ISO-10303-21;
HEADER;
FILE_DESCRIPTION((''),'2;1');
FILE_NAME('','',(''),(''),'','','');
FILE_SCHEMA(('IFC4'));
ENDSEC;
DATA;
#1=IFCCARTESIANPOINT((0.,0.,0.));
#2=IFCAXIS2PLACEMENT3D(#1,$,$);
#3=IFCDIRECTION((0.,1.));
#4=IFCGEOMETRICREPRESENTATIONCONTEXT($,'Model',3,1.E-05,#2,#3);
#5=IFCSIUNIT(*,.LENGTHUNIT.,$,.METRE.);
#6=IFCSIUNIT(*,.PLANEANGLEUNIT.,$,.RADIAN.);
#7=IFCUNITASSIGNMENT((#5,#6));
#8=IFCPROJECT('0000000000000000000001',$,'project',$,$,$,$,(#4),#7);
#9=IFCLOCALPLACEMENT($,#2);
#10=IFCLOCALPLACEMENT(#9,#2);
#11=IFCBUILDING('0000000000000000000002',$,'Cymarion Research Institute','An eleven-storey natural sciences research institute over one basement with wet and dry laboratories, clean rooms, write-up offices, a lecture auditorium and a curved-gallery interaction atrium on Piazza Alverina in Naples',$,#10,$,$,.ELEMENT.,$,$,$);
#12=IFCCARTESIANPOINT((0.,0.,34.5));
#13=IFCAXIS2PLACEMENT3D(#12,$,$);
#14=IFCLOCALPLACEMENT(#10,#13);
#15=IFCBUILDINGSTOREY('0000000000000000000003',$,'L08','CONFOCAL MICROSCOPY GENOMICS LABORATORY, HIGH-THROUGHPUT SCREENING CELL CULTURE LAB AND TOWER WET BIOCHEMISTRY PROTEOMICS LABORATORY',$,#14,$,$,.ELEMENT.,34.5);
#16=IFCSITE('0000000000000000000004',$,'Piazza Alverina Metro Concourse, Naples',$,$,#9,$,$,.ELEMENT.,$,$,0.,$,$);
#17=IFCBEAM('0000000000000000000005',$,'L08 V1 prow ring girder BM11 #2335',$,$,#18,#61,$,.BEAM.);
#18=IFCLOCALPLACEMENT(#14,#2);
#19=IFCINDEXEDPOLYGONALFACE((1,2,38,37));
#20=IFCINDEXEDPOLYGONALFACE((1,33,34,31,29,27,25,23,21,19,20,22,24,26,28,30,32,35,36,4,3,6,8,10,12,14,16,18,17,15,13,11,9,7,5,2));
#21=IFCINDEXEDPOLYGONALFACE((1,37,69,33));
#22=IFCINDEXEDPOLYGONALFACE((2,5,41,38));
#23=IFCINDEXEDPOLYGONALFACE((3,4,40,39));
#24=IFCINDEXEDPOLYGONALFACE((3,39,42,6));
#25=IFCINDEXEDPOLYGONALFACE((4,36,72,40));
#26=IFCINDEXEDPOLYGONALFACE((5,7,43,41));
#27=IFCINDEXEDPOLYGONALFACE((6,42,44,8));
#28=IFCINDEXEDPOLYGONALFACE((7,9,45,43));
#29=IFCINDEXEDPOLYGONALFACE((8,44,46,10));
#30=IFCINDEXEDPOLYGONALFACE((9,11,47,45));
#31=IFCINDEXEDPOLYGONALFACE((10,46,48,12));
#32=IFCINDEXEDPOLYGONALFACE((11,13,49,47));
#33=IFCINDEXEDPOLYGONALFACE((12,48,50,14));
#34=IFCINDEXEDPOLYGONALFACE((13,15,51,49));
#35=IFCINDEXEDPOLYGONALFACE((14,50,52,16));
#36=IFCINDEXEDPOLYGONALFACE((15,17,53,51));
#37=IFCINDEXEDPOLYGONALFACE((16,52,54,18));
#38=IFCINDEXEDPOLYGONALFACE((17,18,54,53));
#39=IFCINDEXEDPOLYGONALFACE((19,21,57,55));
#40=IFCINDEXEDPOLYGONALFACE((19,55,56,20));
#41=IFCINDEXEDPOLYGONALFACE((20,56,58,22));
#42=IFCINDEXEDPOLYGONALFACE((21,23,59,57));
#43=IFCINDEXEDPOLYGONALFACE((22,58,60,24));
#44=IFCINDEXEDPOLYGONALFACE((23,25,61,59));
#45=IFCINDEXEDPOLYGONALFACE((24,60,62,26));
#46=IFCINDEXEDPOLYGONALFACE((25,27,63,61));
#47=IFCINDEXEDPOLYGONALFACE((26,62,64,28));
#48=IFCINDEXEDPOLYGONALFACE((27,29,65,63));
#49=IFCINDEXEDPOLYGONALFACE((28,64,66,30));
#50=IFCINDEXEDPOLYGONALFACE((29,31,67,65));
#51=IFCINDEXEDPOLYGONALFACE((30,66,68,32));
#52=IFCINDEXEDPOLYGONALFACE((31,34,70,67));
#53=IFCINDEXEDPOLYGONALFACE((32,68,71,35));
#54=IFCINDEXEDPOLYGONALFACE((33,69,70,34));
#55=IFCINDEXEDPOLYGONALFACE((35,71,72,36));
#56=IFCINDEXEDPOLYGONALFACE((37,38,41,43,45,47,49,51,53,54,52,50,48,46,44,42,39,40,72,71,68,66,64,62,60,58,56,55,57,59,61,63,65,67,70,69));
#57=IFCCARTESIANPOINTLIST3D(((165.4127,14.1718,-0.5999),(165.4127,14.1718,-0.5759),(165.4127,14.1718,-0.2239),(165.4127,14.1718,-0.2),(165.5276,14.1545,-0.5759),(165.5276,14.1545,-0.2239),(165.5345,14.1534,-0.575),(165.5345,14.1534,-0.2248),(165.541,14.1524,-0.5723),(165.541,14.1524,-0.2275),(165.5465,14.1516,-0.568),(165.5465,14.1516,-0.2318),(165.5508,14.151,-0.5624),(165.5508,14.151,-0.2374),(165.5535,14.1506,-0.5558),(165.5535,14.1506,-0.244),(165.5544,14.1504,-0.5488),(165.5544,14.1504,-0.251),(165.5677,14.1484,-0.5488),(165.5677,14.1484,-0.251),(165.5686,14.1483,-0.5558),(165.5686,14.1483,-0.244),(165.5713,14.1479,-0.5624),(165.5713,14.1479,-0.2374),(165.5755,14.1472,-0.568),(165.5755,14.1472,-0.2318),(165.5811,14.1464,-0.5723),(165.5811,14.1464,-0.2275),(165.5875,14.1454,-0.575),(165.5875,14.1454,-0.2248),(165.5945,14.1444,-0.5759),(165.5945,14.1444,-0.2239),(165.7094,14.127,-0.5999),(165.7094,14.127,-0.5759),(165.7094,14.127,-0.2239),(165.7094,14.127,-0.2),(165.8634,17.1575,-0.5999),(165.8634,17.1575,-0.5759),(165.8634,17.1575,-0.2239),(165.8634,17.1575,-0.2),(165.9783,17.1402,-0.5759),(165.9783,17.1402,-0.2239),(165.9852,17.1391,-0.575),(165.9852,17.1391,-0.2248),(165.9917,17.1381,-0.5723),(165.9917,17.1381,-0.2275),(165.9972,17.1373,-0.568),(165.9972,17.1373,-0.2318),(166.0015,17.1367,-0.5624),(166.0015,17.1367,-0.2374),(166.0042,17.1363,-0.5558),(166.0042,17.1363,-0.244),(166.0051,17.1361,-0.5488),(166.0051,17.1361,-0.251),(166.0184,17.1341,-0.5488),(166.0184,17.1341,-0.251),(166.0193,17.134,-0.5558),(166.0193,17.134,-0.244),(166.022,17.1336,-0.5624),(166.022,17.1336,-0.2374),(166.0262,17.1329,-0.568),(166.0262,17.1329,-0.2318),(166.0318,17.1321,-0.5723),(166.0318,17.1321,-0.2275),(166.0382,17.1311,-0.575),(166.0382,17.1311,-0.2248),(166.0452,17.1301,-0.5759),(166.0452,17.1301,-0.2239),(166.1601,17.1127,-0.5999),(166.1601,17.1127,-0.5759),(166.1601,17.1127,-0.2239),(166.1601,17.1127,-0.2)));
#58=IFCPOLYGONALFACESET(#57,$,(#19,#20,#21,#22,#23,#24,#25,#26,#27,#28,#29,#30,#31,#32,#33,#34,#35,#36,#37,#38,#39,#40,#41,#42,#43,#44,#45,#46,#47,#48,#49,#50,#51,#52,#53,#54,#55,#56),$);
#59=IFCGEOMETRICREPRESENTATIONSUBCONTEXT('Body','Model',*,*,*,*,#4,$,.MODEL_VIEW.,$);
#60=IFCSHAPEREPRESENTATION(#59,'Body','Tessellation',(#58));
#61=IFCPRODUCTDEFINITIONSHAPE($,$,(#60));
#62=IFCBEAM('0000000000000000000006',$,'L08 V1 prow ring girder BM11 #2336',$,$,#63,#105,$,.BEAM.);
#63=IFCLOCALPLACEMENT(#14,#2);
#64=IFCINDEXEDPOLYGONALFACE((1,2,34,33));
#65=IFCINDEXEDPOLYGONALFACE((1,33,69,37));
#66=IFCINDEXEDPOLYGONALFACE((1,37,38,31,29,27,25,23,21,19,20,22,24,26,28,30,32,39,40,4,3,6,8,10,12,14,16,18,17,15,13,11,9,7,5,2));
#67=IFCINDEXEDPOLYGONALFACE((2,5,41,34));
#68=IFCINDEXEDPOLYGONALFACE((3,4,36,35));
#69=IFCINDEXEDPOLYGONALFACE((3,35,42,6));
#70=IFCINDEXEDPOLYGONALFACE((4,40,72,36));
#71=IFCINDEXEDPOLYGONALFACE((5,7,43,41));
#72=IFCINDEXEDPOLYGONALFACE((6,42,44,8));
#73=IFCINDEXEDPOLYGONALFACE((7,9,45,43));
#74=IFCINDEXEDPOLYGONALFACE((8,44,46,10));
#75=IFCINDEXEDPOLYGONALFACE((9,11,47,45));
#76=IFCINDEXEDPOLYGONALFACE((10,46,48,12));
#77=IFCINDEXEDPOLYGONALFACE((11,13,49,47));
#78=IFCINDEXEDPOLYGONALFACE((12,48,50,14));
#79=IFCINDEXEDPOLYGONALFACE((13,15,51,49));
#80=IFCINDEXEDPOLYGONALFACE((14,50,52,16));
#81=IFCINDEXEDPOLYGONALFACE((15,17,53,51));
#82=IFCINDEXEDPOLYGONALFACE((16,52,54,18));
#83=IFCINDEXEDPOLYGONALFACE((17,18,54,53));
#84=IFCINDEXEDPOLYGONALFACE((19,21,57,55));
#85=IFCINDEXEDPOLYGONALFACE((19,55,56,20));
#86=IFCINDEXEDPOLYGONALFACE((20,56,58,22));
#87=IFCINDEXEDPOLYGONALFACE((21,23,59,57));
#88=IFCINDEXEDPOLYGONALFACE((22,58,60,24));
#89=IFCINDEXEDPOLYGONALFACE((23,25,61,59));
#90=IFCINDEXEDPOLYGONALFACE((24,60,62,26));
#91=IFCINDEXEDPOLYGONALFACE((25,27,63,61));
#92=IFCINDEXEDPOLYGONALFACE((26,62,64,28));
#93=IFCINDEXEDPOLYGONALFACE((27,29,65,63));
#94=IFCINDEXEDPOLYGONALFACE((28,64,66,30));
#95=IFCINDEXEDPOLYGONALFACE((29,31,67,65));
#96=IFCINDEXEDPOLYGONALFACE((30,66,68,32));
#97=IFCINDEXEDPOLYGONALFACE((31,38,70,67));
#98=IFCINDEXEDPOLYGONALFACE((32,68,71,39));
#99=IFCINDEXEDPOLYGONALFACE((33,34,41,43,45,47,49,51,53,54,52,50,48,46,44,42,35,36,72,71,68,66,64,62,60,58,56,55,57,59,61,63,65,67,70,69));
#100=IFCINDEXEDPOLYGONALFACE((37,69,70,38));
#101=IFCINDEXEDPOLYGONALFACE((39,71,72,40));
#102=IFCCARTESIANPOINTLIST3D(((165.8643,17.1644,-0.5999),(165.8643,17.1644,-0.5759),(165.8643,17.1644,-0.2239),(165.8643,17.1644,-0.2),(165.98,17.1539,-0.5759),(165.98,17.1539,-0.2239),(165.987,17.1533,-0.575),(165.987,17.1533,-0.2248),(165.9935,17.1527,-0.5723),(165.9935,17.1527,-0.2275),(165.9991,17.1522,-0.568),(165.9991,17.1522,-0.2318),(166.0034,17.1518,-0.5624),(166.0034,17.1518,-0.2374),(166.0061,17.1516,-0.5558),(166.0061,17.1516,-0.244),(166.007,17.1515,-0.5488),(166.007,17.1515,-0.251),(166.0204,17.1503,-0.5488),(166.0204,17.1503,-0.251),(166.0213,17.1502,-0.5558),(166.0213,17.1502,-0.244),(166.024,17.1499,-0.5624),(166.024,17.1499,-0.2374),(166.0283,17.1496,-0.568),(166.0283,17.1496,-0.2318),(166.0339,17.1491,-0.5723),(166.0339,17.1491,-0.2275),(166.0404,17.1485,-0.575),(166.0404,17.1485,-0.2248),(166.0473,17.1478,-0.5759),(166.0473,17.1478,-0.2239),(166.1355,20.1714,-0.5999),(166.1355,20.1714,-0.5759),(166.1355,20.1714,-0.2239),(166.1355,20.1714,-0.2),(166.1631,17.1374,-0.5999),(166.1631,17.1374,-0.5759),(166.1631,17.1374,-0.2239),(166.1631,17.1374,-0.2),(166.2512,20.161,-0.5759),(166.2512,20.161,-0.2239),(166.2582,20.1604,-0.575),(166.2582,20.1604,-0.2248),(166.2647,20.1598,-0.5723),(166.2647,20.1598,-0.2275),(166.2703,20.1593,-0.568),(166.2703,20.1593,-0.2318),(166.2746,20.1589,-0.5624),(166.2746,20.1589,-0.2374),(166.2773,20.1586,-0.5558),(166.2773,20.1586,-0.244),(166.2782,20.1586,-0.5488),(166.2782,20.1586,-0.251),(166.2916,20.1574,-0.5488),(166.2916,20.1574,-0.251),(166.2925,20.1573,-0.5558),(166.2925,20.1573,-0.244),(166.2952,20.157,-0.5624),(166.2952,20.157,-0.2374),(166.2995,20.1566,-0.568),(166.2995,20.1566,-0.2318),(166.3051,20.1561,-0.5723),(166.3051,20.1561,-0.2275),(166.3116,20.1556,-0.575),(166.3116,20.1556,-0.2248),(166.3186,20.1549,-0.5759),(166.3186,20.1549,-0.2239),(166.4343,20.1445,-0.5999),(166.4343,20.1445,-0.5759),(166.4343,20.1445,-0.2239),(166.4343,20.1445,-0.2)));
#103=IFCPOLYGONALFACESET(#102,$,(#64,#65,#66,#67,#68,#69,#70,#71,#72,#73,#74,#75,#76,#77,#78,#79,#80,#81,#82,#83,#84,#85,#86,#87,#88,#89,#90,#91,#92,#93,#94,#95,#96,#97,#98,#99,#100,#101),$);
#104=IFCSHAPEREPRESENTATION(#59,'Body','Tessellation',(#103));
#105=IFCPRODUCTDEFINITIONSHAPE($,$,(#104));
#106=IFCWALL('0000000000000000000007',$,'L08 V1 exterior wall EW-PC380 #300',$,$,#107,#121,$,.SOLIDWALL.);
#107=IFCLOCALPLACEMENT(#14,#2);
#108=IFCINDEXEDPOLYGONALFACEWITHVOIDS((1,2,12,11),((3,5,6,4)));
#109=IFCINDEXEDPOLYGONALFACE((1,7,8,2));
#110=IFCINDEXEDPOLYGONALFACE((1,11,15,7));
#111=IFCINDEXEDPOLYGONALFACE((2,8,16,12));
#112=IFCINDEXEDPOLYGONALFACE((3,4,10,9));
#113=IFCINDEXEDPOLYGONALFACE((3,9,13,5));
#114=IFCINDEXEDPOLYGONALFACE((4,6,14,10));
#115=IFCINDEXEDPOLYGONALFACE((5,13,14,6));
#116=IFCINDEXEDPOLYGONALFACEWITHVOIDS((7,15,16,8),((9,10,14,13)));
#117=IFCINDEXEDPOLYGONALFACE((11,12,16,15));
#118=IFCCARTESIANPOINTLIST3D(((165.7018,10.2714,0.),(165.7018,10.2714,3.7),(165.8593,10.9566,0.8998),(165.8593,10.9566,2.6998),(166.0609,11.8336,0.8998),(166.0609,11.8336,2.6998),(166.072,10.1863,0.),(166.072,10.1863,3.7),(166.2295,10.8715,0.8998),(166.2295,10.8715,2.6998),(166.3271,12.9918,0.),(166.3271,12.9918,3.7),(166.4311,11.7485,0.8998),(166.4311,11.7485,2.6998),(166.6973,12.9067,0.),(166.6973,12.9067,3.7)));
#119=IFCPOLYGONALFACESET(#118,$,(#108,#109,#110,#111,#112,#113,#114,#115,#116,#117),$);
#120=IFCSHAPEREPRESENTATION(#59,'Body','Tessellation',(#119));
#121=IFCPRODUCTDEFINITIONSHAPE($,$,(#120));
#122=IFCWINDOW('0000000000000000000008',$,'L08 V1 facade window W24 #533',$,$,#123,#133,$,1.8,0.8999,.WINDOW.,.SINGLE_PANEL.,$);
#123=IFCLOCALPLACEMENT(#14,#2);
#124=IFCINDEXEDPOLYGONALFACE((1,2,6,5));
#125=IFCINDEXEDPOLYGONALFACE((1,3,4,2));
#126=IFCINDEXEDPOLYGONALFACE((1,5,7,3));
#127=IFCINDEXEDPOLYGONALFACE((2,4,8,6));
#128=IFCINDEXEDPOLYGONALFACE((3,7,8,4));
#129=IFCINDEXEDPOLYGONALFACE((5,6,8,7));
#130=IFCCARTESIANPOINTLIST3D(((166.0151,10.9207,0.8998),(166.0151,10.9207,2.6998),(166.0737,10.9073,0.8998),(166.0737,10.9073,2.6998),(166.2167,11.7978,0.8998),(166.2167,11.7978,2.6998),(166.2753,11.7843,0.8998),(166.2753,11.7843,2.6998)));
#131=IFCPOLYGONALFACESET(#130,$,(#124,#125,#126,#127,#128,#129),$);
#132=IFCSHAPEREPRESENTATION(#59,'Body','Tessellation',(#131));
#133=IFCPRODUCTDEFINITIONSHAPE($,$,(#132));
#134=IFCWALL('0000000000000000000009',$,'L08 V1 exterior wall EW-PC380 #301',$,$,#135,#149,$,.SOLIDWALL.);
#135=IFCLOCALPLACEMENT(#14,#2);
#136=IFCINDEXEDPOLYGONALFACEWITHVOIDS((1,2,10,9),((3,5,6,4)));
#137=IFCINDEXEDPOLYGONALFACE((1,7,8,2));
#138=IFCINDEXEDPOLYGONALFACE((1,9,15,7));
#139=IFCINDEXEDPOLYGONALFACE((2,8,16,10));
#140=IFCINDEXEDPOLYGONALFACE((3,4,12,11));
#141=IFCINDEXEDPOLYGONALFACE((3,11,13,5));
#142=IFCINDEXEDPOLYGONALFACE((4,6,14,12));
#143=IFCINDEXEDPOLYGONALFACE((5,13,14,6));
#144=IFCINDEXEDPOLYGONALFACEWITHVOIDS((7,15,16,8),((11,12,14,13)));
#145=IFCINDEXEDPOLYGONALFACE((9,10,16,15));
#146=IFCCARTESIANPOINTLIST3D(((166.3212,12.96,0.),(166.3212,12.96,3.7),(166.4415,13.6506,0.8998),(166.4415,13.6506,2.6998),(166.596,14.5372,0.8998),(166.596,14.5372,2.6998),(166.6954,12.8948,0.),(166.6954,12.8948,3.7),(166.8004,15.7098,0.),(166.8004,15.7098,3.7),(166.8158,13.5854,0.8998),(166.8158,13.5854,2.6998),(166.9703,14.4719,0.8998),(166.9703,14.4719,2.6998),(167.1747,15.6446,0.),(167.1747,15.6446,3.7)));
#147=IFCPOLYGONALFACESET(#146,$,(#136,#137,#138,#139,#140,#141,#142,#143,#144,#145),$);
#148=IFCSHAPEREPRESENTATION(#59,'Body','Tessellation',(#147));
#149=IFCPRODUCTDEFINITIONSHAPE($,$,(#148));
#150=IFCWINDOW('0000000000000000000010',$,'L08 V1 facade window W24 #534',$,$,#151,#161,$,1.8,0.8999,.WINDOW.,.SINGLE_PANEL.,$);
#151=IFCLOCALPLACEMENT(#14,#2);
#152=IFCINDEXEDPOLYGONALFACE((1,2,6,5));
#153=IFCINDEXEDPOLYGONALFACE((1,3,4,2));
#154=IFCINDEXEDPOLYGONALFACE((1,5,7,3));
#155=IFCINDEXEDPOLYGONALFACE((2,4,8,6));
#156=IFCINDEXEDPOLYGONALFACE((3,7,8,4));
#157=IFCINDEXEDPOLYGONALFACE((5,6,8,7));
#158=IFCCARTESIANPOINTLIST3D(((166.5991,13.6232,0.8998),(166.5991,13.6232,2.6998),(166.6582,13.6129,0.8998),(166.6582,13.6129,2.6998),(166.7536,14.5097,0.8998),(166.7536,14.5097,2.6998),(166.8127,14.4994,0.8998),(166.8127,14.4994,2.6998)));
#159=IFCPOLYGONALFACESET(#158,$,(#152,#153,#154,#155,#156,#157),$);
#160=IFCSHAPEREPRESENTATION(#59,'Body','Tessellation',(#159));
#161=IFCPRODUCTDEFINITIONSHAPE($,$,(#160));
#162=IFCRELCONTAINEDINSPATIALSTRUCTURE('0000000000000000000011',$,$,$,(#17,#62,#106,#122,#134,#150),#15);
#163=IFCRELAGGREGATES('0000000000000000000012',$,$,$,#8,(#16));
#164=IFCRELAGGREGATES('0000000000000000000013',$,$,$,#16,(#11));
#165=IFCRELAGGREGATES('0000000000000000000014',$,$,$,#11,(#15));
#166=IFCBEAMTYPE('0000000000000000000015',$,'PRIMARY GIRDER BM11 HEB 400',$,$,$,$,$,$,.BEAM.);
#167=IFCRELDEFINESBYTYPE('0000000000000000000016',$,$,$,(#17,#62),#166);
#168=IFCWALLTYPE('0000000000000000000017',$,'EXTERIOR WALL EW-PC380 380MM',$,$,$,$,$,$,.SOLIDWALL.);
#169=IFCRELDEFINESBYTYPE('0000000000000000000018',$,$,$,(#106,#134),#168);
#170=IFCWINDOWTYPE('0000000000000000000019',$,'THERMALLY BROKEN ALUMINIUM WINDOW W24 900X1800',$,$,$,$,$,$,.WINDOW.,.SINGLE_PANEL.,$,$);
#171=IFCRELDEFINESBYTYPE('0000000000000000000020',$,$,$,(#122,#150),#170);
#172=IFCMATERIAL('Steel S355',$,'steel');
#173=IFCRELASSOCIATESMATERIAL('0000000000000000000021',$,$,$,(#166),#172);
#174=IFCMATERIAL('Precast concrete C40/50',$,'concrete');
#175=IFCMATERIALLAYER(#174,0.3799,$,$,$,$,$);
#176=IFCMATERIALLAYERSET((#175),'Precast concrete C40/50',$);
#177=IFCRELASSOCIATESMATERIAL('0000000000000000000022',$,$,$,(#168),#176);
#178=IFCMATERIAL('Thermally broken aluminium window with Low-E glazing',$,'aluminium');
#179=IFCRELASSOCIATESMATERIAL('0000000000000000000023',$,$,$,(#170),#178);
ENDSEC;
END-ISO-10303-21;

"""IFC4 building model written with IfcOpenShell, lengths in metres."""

from ifc_helpers import new_model, si_unit, direction, frame, frame_2d, origin, origin_2d, place, context, subcontext, project, spatial, rectangle, i_section, extrude, material, layer, layer_set, material_profile, profile_set, type_object, element, fill, save


model = new_model("IFC4")

# Units and contexts
model_context = context("Model", 3, precision=1e-05, world=origin(), true_north=direction((0.0, 1.0)))
body_context = subcontext(model_context, "Body", "Model", "MODEL_VIEW")
ifc_project = project(units=[si_unit("LENGTHUNIT", "METRE"), si_unit("PLANEANGLEUNIT", "RADIAN")], contexts=[model_context])

# Site, building, storey
site_placement = place(None, origin())
site = spatial("IfcSite", under=ifc_project, at=site_placement, Name="Piazza Alverina Metro Concourse, Naples", CompositionType="ELEMENT", RefElevation=0.0)
building_placement = place(site_placement, origin())
building = spatial("IfcBuilding", under=site, at=building_placement, Name="Cymarion Research Institute", Description="An eleven-storey natural sciences research institute over one basement with wet and dry laboratories, clean rooms, write-up offices, a lecture auditorium and a curved-gallery interaction atrium on Piazza Alverina in Naples", CompositionType="ELEMENT")
storey_placement = place(building_placement, frame((0.0, 0.0, 34.5)))
storey = spatial("IfcBuildingStorey", under=building, at=storey_placement, Name="L08", Description="CONFOCAL MICROSCOPY GENOMICS LABORATORY, HIGH-THROUGHPUT SCREENING CELL CULTURE LAB AND TOWER WET BIOCHEMISTRY PROTEOMICS LABORATORY", CompositionType="ELEMENT", Elevation=34.5)

# Shared definitions
ifc_material_1 = material(Name="Steel S355", Category="steel")

# Beams
ifc_material_profile_1 = material_profile(ifc_material_1, i_section(OverallWidth=0.3, OverallDepth=0.3999, WebThickness=0.0134, FlangeThickness=0.0239, FilletRadius=0.0271, at=origin_2d()), Name="HEB 400")
ifc_profile_set_1 = profile_set([ifc_material_profile_1], Name="Steel S355")
beam_type = type_object("IfcBeamType", Name="PRIMARY GIRDER BM11 HEB 400", PredefinedType="BEAM", material=ifc_profile_set_1)
for number, where, z_axis, x_axis, name in (
    (1, (165.561, 14.1494, -0.3999), (0.149262, 0.988798, 0.0), (-0.988798, 0.149262, 0.0), "L08 V1 prow ring girder BM11 #2335"),
):
    element("IfcBeam", number, at=place(storey_placement, frame(where, z_axis=z_axis, x_axis=x_axis)), inside=storey, type_object=beam_type, Name=name, PredefinedType="BEAM", context=body_context, shape_type="SweptSolid", body=[
        extrude(i_section(OverallWidth=0.3, OverallDepth=0.3999, WebThickness=0.0134, FlangeThickness=0.0239, FilletRadius=0.0271, at=origin_2d()), origin(), (0.0, 0.0, 1.0), 3.0195),
    ])
beam_placement = place(storey_placement, frame((166.0137, 17.1509, -0.3999), z_axis=(0.089836, 0.995957, 0.0), x_axis=(-0.995957, 0.089836, 0.0)))
element("IfcBeam", 2, at=beam_placement, inside=storey, type_object=beam_type, Name="L08 V1 prow ring girder BM11 #2336", PredefinedType="BEAM", context=body_context, shape_type="SweptSolid", body=[
    extrude(i_section(OverallWidth=0.3, OverallDepth=0.3999, WebThickness=0.0134, FlangeThickness=0.0239, FilletRadius=0.0271, at=origin_2d()), origin(), (0.0, 0.0, 1.0), 3.0193),
])

# Walls, openings, windows
ifc_material_2 = material(Name="Precast concrete C40/50", Category="concrete")
ifc_layer_1 = layer(ifc_material_2, 0.3799)
ifc_layer_set_1 = layer_set([ifc_layer_1], Name="Precast concrete C40/50")
wall_type = type_object("IfcWallType", Name="EXTERIOR WALL EW-PC380 380MM", PredefinedType="SOLIDWALL", material=ifc_layer_set_1)
wall_1_placement = place(storey_placement, frame((165.887, 10.229, 0.0), z_axis=(0.0, 0.0, 1.0), x_axis=(0.22401, 0.974587, 0.0)))
wall_1 = element("IfcWall", 3, at=wall_1_placement, inside=storey, type_object=wall_type, Name="L08 V1 exterior wall EW-PC380 #300", PredefinedType="SOLIDWALL", context=body_context, shape_type="SweptSolid", body=[
    extrude(rectangle(XDim=2.7913, YDim=0.3799, at=frame_2d((1.3955, 0.0))), origin(), (0.0, 0.0, 1.0), 3.7),
])
opening_1_placement = place(wall_1_placement, frame((0.7029, 0.0, 0.8999)))
opening_1 = element("IfcOpeningElement", 4, at=opening_1_placement, cuts=wall_1, PredefinedType="OPENING", context=body_context, shape_type="SweptSolid", body=[
    extrude(rectangle(XDim=0.8999, YDim=1.8, at=frame_2d((0.45, 0.8999))), frame((0.0, 0.2, 0.0), z_axis=(0.0, -1.0, 0.0), x_axis=(1.0, 0.0, 0.0)), (0.0, 0.0, 1.0), 0.3999),
])
ifc_material_3 = material(Name="Thermally broken aluminium window with Low-E glazing", Category="aluminium")
window_type = type_object("IfcWindowType", Name="THERMALLY BROKEN ALUMINIUM WINDOW W24 900X1800", PartitioningType="SINGLE_PANEL", PredefinedType="WINDOW", material=ifc_material_3)
window_1_placement = place(opening_1_placement, origin())
window_1 = element("IfcWindow", 5, at=window_1_placement, inside=storey, type_object=window_type, Name="L08 V1 facade window W24 #533", OverallHeight=1.8, OverallWidth=0.8999, PartitioningType="SINGLE_PANEL", PredefinedType="WINDOW", context=body_context, shape_type="SweptSolid", body=[
    extrude(rectangle(XDim=0.8999, YDim=1.8, at=frame_2d((0.45, 0.8999))), frame((0.0, 0.03, 0.0), z_axis=(0.0, -1.0, 0.0), x_axis=(1.0, 0.0, 0.0)), (0.0, 0.0, 1.0), 0.0601),
])
fill(opening_1, window_1)
wall_2_placement = place(storey_placement, frame((166.5083, 12.9275, 0.0), z_axis=(0.0, 0.0, 1.0), x_axis=(0.171699, 0.985149, 0.0)))
wall_2 = element("IfcWall", 6, at=wall_2_placement, inside=storey, type_object=wall_type, Name="L08 V1 exterior wall EW-PC380 #301", PredefinedType="SOLIDWALL", context=body_context, shape_type="SweptSolid", body=[
    extrude(rectangle(XDim=2.7913, YDim=0.3799, at=frame_2d((1.3955, 0.0))), origin(), (0.0, 0.0, 1.0), 3.7),
])
opening_2_placement = place(wall_2_placement, frame((0.7009, 0.0, 0.8999)))
opening_2 = element("IfcOpeningElement", 7, at=opening_2_placement, cuts=wall_2, PredefinedType="OPENING", context=body_context, shape_type="SweptSolid", body=[
    extrude(rectangle(XDim=0.8999, YDim=1.8, at=frame_2d((0.45, 0.8999))), frame((0.0, 0.2, 0.0), z_axis=(0.0, -1.0, 0.0), x_axis=(1.0, 0.0, 0.0)), (0.0, 0.0, 1.0), 0.3999),
])
window_2_placement = place(opening_2_placement, origin())
window_2 = element("IfcWindow", 8, at=window_2_placement, inside=storey, type_object=window_type, Name="L08 V1 facade window W24 #534", OverallHeight=1.8, OverallWidth=0.8999, PartitioningType="SINGLE_PANEL", PredefinedType="WINDOW", context=body_context, shape_type="SweptSolid", body=[
    extrude(rectangle(XDim=0.8999, YDim=1.8, at=frame_2d((0.45, 0.8999))), frame((0.0, 0.03, 0.0), z_axis=(0.0, -1.0, 0.0), x_axis=(1.0, 0.0, 0.0)), (0.0, 0.0, 1.0), 0.0601),
])
fill(opening_2, window_2)

save(model, "model.ifc")
